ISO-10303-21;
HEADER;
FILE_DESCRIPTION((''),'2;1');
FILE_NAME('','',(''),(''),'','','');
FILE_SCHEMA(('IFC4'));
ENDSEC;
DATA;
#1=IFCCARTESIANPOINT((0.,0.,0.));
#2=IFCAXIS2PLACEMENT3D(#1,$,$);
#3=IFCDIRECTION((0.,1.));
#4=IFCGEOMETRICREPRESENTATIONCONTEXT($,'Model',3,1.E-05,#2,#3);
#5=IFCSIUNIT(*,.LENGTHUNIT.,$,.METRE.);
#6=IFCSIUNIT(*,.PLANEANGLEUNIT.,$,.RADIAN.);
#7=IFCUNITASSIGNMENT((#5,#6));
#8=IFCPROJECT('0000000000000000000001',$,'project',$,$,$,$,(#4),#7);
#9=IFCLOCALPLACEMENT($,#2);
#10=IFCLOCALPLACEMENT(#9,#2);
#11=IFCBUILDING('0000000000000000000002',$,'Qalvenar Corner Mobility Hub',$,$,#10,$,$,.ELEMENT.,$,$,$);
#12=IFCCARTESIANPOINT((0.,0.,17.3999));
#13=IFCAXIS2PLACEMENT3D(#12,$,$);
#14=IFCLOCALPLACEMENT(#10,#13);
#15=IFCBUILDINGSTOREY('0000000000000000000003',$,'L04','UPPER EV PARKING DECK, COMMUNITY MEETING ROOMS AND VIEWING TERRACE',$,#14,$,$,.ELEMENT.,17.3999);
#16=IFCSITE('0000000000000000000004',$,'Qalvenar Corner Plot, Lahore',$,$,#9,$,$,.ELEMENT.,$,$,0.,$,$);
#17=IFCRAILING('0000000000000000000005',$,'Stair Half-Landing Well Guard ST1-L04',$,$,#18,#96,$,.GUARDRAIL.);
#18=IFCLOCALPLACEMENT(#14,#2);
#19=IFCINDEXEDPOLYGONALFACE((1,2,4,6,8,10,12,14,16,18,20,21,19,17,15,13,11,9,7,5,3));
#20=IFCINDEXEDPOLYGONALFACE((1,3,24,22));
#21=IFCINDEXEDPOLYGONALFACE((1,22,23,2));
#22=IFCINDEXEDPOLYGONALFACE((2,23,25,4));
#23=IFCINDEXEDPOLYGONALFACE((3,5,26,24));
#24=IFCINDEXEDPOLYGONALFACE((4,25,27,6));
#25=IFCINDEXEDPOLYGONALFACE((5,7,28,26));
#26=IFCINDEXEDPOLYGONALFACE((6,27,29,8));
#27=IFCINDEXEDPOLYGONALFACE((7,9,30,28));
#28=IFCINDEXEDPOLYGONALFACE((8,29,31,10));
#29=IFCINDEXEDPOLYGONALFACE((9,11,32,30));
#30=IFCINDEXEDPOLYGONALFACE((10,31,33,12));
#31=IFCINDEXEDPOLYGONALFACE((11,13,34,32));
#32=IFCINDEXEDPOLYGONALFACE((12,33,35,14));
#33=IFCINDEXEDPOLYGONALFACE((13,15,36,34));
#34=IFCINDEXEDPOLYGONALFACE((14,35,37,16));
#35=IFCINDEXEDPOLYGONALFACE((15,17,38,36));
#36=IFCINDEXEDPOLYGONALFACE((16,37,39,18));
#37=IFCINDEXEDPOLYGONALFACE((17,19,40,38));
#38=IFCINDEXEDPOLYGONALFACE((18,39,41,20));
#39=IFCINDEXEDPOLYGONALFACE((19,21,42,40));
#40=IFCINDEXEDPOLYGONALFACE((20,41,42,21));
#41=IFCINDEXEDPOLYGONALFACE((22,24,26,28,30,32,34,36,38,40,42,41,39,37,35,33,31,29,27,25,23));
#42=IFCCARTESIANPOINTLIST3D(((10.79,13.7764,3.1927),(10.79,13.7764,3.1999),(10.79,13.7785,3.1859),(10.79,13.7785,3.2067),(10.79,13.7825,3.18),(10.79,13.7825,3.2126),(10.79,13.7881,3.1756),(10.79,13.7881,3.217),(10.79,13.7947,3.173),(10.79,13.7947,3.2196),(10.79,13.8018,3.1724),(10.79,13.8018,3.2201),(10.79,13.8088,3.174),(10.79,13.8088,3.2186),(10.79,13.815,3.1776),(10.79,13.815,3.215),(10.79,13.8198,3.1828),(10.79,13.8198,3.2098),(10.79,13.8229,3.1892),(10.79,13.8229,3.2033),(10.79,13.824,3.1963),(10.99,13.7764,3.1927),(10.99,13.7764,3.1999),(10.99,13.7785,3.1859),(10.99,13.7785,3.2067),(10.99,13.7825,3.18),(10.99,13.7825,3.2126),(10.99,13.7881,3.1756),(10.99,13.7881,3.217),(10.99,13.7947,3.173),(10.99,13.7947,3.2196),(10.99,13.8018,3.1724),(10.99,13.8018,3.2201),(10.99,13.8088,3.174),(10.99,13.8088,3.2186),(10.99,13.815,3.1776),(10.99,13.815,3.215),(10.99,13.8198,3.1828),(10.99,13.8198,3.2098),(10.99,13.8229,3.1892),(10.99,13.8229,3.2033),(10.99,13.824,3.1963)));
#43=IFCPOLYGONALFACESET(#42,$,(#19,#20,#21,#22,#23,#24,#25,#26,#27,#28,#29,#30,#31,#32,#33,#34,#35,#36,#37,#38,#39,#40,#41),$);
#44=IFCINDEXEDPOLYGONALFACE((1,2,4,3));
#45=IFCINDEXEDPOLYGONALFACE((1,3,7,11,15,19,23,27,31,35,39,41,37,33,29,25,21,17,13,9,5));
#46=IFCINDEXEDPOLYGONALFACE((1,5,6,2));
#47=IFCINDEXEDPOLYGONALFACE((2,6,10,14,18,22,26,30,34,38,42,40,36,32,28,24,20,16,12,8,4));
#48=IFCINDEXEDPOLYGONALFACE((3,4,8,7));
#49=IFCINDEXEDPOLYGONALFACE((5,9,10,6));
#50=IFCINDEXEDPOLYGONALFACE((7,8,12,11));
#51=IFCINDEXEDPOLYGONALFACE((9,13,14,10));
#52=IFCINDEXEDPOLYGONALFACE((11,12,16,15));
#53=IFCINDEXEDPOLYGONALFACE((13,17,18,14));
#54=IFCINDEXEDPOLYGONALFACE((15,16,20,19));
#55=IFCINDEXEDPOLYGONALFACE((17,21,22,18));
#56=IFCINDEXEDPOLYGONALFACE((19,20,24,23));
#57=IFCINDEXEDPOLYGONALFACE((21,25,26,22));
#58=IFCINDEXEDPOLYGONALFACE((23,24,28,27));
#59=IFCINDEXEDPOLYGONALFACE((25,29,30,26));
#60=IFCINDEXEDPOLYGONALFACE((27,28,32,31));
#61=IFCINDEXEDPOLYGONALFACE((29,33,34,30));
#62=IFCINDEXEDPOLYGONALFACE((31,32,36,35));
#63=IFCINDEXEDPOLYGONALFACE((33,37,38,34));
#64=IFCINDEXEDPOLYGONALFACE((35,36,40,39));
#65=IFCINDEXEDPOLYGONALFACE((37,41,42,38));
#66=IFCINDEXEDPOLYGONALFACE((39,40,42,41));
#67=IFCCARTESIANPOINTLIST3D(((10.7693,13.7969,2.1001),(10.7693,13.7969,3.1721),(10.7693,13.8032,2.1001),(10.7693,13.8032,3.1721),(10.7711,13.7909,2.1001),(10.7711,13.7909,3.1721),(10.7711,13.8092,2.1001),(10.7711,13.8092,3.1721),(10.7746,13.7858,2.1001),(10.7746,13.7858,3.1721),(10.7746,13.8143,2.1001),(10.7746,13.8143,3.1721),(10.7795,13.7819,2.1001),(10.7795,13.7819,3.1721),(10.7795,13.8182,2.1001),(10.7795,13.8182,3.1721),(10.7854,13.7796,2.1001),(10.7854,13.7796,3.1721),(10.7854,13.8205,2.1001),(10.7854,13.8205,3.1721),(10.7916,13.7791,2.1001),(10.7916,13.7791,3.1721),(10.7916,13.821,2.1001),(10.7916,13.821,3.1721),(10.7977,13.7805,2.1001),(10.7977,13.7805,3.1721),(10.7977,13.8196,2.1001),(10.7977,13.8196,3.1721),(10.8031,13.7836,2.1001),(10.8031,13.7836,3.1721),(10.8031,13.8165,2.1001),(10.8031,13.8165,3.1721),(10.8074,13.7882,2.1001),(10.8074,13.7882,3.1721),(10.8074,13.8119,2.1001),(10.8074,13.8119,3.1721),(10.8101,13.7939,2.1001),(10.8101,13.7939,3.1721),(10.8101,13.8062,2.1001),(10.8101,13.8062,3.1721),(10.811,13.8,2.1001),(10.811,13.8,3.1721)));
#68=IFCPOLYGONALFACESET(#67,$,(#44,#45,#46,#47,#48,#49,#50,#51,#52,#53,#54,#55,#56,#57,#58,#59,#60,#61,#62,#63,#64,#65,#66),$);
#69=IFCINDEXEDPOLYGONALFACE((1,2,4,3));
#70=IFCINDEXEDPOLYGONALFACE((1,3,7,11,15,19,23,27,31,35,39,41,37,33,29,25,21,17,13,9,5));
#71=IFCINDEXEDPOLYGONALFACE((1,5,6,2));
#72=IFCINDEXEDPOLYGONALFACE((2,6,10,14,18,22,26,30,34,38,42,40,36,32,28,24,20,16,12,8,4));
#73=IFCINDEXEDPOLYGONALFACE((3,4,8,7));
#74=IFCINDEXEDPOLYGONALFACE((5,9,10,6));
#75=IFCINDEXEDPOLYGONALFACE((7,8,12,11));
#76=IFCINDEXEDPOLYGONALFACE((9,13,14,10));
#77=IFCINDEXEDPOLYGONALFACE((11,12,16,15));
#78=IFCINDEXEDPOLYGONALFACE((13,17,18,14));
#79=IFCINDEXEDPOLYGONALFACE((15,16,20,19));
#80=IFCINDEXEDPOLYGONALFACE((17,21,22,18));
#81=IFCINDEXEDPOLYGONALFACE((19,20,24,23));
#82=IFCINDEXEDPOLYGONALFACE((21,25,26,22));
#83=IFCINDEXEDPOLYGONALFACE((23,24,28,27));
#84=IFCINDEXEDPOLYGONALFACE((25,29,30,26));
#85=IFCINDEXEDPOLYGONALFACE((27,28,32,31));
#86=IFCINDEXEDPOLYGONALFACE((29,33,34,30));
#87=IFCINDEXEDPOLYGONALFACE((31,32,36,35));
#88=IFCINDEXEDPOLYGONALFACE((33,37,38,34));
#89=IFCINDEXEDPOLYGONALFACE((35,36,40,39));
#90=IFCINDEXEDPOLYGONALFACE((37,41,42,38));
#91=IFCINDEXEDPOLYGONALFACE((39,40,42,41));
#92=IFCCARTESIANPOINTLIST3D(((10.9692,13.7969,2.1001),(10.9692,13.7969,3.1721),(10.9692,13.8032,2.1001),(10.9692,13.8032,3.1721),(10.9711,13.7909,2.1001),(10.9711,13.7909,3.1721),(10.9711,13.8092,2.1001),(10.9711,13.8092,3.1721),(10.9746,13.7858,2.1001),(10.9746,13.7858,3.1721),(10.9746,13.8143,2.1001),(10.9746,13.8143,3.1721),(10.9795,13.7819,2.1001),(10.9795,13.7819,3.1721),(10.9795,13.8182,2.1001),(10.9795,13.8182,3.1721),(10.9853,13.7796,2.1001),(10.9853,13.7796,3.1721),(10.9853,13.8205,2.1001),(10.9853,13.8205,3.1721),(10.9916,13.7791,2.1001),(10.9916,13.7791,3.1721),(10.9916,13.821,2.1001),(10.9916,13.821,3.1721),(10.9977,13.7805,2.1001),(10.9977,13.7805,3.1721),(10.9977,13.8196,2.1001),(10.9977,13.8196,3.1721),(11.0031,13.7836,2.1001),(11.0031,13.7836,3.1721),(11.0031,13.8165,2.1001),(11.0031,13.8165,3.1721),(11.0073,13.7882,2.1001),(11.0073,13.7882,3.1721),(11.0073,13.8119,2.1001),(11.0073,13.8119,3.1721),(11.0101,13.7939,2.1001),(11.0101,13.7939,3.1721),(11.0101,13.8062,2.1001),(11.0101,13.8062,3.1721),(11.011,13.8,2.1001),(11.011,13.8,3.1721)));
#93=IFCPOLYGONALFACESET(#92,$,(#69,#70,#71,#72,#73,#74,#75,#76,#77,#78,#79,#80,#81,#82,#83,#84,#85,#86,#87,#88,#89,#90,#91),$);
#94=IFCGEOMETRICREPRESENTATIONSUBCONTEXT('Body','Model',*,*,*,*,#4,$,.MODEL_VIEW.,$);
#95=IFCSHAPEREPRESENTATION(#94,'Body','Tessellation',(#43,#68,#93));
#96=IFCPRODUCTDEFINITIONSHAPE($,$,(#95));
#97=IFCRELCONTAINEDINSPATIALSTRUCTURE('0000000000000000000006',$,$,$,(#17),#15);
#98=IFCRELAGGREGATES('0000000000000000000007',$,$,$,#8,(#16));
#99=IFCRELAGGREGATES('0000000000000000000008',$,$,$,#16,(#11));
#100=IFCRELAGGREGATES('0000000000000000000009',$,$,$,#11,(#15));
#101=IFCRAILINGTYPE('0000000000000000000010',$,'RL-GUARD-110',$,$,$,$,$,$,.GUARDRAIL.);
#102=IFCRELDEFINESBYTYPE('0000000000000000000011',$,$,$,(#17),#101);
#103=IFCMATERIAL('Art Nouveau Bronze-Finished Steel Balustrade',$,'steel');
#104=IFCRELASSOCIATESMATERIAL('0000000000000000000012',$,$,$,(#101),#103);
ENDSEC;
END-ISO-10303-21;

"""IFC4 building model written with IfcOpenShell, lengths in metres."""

from ifc_helpers import new_model, si_unit, direction, frame, origin, origin_2d, place, context, subcontext, project, spatial, circle, extrude, material, type_object, element, save


model = new_model("IFC4")

# Units and contexts
model_context = context("Model", 3, precision=1e-05, world=origin(), true_north=direction((0.0, 1.0)))
body_context = subcontext(model_context, "Body", "Model", "MODEL_VIEW")
ifc_project = project(units=[si_unit("LENGTHUNIT", "METRE"), si_unit("PLANEANGLEUNIT", "RADIAN")], contexts=[model_context])

# Site, building, storey
site_placement = place(None, origin())
site = spatial("IfcSite", under=ifc_project, at=site_placement, Name="Qalvenar Corner Plot, Lahore", CompositionType="ELEMENT", RefElevation=0.0)
building_placement = place(site_placement, origin())
building = spatial("IfcBuilding", under=site, at=building_placement, Name="Qalvenar Corner Mobility Hub", CompositionType="ELEMENT")
storey_placement = place(building_placement, frame((0.0, 0.0, 17.3999)))
storey = spatial("IfcBuildingStorey", under=building, at=storey_placement, Name="L04", Description="UPPER EV PARKING DECK, COMMUNITY MEETING ROOMS AND VIEWING TERRACE", CompositionType="ELEMENT", Elevation=17.3999)

# Railing
ifc_material_1 = material(Name="Art Nouveau Bronze-Finished Steel Balustrade", Category="steel")
railing_type_1 = type_object("IfcRailingType", Name="RL-GUARD-110", PredefinedType="GUARDRAIL", material=ifc_material_1)
for number, where, name in (
    (1, (10.79, 13.8, 2.1001), "Stair Half-Landing Well Guard ST1-L04"),
):
    element("IfcRailing", number, at=place(storey_placement, frame(where)), inside=storey, type_object=railing_type_1, Name=name, PredefinedType="GUARDRAIL", context=body_context, shape_type="SweptSolid", body=[
        extrude(circle(Radius=0.0239, at=origin_2d()), frame((0.0, 0.0, 1.0962), z_axis=(1.0, 0.0, 0.0), x_axis=(0.0, 1.0, 0.0)), (0.0, 0.0, 1.0), 0.2),
        extrude(circle(Radius=0.021, at=origin_2d()), origin(), (0.0, 0.0, 1.0), 1.072),
        extrude(circle(Radius=0.021, at=origin_2d()), frame((0.2, 0.0, 0.0)), (0.0, 0.0, 1.0), 1.072),
    ])

save(model, "model.ifc")
